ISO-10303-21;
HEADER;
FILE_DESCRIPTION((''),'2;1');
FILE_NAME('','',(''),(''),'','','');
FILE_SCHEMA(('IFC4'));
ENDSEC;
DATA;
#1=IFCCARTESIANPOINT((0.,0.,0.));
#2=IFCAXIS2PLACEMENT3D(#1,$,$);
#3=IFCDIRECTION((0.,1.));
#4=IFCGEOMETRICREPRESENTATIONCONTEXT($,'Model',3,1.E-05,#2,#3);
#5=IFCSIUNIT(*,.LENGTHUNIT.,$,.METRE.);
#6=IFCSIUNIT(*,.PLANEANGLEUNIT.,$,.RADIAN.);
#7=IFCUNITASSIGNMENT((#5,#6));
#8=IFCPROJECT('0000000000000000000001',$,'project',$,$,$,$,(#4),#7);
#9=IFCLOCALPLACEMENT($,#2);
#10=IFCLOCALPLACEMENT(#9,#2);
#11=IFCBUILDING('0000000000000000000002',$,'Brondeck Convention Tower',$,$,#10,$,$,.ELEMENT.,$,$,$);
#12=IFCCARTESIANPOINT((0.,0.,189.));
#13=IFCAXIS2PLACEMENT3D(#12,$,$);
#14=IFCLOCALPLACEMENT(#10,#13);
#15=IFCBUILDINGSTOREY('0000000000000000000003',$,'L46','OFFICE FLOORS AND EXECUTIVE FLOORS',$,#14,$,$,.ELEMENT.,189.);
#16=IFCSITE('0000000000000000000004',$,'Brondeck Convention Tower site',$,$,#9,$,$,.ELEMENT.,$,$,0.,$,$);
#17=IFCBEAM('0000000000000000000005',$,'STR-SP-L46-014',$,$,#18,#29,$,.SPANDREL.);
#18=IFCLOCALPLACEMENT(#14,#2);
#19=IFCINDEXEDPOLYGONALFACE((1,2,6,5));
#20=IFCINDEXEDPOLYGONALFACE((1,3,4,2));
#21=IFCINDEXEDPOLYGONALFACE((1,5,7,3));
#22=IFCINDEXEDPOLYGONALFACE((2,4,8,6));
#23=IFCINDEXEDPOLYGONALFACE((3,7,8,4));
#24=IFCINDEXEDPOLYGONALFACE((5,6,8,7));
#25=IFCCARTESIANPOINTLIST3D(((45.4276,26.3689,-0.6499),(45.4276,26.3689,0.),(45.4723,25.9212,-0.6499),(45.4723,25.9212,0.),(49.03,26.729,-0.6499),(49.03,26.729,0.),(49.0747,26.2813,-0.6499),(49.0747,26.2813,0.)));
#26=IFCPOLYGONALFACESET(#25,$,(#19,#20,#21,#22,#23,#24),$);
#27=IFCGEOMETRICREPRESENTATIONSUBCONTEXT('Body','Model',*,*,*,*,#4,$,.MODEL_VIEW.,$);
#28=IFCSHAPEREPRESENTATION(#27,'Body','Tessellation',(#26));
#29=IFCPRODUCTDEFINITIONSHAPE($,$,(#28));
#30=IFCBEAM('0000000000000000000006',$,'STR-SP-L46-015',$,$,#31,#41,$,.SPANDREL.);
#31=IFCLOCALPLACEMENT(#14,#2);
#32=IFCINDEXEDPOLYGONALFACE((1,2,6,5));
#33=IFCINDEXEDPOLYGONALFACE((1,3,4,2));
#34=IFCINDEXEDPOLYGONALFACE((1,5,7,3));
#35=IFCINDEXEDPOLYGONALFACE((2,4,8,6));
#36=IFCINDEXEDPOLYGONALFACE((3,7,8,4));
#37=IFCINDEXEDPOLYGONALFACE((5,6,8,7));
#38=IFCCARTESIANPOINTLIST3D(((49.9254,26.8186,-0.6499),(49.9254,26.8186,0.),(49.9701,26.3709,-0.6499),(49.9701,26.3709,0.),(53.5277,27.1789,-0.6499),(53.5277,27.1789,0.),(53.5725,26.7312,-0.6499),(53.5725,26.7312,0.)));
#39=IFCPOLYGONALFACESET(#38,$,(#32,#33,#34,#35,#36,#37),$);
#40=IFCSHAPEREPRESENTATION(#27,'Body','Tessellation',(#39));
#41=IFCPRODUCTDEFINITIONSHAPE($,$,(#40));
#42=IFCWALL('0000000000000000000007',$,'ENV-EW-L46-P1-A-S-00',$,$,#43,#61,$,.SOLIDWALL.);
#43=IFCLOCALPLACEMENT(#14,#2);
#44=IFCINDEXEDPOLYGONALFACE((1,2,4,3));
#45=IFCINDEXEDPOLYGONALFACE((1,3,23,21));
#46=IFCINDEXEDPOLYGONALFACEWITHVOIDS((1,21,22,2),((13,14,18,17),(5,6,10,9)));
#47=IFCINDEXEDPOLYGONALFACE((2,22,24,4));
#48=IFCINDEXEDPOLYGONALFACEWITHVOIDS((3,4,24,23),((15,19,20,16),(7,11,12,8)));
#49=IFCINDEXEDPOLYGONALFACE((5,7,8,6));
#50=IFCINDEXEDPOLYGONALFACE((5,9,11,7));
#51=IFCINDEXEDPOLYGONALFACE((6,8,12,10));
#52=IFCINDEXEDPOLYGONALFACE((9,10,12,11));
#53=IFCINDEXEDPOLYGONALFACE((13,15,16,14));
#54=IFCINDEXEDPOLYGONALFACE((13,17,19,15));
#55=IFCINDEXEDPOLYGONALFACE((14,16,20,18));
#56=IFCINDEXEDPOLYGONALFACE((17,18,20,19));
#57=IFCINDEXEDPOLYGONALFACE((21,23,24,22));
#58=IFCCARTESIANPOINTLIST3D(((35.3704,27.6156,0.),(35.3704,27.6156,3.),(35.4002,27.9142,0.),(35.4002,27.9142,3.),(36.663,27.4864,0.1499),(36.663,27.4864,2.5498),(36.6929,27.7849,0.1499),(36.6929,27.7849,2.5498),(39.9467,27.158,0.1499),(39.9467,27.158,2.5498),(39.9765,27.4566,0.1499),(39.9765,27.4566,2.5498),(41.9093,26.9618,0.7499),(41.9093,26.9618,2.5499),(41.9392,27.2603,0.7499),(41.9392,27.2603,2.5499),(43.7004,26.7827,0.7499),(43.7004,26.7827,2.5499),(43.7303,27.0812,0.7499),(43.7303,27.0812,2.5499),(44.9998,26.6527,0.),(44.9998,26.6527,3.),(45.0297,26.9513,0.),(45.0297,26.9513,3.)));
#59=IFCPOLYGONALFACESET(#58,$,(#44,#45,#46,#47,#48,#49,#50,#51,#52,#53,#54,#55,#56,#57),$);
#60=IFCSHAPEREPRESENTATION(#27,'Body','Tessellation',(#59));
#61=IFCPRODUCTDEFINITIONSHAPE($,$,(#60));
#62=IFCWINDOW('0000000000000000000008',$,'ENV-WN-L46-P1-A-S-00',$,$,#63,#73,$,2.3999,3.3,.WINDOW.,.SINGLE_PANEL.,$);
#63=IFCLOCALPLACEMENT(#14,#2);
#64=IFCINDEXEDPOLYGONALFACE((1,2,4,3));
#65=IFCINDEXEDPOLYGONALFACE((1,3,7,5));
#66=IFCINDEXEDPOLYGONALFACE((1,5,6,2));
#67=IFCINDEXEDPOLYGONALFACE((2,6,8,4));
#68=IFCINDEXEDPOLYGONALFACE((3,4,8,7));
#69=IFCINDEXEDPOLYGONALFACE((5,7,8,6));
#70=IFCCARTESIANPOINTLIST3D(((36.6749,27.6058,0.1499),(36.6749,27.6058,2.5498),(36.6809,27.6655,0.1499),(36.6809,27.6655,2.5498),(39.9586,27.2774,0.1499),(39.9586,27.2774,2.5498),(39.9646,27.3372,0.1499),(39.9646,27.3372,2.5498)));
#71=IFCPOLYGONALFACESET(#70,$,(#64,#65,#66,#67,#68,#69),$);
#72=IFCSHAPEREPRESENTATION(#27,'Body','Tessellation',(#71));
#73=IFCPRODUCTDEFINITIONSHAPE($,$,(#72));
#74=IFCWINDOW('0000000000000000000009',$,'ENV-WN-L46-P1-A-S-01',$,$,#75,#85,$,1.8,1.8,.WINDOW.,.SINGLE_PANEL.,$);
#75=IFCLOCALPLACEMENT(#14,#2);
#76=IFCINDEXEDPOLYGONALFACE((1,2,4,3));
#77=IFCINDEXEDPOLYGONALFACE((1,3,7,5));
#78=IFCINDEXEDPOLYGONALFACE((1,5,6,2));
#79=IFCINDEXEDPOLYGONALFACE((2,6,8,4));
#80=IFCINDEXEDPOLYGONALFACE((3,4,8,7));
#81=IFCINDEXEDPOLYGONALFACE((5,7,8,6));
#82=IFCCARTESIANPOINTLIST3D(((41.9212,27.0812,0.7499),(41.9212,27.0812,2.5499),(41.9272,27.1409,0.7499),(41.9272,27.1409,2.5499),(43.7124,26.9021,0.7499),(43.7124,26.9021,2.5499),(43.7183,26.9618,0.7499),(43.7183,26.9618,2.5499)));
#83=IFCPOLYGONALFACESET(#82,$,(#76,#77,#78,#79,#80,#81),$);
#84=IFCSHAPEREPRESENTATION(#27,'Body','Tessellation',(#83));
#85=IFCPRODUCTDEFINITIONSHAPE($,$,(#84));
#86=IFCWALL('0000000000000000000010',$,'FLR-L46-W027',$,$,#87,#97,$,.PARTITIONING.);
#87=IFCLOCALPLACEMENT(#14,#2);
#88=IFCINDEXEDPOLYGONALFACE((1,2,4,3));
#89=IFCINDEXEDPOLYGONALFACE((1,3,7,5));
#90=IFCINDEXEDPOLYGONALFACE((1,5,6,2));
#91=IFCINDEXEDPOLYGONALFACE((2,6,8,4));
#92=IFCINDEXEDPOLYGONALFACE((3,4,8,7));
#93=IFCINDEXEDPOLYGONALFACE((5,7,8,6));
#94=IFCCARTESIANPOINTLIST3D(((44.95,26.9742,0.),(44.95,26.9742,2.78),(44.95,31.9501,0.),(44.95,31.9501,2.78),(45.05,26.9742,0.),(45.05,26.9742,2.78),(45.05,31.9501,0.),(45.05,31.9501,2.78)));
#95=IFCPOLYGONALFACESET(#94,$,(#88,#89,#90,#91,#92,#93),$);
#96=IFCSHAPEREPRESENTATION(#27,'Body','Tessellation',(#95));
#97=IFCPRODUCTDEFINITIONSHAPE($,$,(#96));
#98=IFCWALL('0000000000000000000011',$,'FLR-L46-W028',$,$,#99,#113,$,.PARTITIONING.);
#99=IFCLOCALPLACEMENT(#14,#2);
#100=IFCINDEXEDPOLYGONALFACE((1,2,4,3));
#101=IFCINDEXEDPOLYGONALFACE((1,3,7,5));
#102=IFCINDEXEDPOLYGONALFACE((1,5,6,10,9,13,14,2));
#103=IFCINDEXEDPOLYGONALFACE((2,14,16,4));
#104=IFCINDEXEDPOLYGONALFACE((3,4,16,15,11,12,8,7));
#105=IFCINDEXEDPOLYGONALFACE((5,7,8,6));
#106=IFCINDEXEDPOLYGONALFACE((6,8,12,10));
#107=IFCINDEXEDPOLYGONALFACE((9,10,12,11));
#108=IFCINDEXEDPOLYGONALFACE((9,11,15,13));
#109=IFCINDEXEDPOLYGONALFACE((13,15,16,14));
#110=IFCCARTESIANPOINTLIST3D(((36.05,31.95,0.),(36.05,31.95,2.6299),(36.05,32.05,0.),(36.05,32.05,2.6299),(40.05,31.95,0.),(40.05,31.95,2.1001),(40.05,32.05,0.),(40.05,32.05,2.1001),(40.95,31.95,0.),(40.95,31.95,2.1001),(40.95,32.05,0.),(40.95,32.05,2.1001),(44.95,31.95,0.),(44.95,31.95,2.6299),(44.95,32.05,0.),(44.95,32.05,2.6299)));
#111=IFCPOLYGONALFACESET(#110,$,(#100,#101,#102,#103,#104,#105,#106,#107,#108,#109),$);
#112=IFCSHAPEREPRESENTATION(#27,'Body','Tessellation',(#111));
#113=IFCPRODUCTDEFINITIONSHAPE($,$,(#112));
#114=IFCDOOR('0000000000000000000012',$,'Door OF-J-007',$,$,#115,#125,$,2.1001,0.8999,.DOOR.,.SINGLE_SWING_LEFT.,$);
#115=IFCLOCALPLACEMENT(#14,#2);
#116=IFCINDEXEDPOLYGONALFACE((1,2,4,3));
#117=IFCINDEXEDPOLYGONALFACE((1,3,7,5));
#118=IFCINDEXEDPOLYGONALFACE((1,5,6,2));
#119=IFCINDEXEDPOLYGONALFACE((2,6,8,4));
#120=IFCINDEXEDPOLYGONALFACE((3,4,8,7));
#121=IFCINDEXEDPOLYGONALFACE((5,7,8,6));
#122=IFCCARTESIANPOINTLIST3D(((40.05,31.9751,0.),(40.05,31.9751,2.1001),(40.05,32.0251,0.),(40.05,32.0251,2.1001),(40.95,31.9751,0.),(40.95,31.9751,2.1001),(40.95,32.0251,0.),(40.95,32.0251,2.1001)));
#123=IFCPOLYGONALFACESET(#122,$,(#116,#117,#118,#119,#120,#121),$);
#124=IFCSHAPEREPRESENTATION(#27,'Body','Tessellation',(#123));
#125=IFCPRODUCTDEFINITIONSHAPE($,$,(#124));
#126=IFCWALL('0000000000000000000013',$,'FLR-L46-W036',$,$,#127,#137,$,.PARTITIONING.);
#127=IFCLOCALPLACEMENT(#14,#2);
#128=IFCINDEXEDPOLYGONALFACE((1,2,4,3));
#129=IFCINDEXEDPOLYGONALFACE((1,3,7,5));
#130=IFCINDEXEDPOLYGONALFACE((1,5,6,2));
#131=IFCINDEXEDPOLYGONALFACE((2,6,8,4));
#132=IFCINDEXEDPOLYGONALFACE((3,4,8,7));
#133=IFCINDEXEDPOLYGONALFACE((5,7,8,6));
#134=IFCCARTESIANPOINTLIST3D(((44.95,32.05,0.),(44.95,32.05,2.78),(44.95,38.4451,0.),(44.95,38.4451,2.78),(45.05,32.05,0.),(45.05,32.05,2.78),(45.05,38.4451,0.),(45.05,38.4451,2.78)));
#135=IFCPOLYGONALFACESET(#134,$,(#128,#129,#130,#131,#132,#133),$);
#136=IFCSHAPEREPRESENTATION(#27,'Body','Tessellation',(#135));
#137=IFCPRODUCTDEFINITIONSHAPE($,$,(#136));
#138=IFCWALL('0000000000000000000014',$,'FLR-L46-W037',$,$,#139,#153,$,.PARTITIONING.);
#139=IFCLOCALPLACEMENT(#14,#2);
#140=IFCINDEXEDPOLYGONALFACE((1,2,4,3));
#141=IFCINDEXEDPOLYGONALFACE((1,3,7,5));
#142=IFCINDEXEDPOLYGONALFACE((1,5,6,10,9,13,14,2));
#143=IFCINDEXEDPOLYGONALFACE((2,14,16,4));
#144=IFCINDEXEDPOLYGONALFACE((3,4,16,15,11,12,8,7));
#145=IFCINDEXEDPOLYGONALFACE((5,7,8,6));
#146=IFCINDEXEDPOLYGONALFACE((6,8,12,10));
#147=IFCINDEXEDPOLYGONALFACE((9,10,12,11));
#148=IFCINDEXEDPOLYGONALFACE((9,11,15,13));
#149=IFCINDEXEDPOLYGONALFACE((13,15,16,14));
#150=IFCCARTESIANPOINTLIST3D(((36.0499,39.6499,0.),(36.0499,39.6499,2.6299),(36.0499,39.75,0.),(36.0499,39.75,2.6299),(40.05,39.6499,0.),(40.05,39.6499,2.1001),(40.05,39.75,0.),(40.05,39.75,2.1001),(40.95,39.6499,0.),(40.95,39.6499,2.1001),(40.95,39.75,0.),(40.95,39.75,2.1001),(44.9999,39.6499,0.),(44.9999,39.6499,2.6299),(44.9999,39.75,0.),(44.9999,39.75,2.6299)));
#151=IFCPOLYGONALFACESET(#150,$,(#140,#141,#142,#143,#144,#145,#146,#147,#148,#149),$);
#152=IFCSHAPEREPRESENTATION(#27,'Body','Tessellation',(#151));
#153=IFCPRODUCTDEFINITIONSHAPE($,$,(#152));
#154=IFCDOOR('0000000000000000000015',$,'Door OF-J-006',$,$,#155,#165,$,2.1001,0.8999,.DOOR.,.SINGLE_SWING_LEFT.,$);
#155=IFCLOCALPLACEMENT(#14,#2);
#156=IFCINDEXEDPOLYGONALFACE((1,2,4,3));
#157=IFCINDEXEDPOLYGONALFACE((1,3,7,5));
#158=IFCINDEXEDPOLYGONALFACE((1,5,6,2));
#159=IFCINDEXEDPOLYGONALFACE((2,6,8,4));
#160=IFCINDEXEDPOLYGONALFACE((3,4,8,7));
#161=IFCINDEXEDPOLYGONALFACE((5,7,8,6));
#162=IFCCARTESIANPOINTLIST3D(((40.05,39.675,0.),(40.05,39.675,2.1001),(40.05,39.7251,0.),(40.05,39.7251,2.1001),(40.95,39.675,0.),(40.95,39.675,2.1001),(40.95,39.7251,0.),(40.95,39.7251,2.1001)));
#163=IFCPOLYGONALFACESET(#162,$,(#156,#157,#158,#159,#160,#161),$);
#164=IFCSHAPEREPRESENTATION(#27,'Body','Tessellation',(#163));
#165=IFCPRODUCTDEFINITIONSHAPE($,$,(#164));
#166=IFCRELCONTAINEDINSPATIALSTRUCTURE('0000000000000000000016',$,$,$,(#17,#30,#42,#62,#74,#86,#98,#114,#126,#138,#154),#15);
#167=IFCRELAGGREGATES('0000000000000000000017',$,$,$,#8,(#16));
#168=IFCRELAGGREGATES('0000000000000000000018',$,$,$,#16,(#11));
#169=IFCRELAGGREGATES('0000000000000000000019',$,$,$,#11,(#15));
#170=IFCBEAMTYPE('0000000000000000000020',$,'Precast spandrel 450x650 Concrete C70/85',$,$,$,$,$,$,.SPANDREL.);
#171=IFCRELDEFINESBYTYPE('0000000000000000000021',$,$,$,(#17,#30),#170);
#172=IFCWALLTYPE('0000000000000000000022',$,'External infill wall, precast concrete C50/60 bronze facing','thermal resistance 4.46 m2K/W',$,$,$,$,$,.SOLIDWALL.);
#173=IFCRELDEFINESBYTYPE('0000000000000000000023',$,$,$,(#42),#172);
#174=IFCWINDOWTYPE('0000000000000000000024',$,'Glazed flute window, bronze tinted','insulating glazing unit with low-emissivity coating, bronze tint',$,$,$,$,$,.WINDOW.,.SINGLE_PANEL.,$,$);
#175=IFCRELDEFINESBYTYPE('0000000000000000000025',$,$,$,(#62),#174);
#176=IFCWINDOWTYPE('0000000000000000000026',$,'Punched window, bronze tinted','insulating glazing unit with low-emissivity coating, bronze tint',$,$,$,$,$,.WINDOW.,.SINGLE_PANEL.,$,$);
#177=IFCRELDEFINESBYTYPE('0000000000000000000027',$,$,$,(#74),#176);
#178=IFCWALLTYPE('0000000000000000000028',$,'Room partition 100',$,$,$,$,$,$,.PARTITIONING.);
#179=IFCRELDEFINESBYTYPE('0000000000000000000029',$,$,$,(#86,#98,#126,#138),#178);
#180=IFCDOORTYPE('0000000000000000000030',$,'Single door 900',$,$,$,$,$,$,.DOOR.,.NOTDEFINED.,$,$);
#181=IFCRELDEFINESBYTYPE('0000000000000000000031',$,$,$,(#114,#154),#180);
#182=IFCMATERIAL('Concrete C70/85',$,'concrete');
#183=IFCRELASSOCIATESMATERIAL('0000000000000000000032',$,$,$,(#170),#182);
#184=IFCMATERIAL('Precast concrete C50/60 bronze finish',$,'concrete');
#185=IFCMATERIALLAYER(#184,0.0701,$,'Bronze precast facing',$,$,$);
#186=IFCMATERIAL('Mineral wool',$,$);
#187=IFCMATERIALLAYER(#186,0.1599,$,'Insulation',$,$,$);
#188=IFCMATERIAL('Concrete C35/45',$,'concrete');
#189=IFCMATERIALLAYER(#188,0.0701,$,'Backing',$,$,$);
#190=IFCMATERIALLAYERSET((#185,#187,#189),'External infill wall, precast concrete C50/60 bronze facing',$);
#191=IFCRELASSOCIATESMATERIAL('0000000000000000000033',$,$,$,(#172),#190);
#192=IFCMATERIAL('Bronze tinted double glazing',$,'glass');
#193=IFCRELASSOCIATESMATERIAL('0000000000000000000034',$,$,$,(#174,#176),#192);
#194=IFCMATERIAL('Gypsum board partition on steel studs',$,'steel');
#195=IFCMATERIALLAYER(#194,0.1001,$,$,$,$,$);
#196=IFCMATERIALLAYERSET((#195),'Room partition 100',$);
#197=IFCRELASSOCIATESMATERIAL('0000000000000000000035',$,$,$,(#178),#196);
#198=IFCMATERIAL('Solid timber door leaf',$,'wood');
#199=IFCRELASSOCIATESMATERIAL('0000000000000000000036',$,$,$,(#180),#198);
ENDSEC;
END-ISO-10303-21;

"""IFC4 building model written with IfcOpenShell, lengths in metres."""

from ifc_helpers import new_model, si_unit, direction, frame, frame_2d, origin, origin_2d, place, context, subcontext, project, spatial, rectangle, extrude, material, layer, layer_set, material_profile, profile_set, type_object, element, fill, save


model = new_model("IFC4")

# Units and contexts
model_context = context("Model", 3, precision=1e-05, world=origin(), true_north=direction((0.0, 1.0)))
body_context = subcontext(model_context, "Body", "Model", "MODEL_VIEW")
ifc_project = project(units=[si_unit("LENGTHUNIT", "METRE"), si_unit("PLANEANGLEUNIT", "RADIAN")], contexts=[model_context])

# Site, building, storey
site_placement = place(None, origin())
site = spatial("IfcSite", under=ifc_project, at=site_placement, Name="Brondeck Convention Tower site", CompositionType="ELEMENT", RefElevation=0.0)
building_placement = place(site_placement, origin())
building = spatial("IfcBuilding", under=site, at=building_placement, Name="Brondeck Convention Tower", CompositionType="ELEMENT")
storey_placement = place(building_placement, frame((0.0, 0.0, 189.0)))
storey = spatial("IfcBuildingStorey", under=building, at=storey_placement, Name="L46", Description="OFFICE FLOORS AND EXECUTIVE FLOORS", CompositionType="ELEMENT", Elevation=189.0)

# Shared definitions
ifc_material_1 = material(Name="Concrete C70/85", Category="concrete")

# Beams
ifc_material_profile_1 = material_profile(ifc_material_1, rectangle(XDim=0.45, YDim=0.6499, at=origin_2d()), Name="Precast spandrel 450x650 Concrete C70/85")
ifc_profile_set_1 = profile_set([ifc_material_profile_1], Name="Concrete C70/85")
beam_type_1 = type_object("IfcBeamType", Name="Precast spandrel 450x650 Concrete C70/85", PredefinedType="SPANDREL", material=ifc_profile_set_1)
for number, where, z_axis, x_axis, name in (
    (1, (45.45, 26.145, -0.325), (0.995041, 0.09947, 0.0), (-0.09947, 0.995041, 0.0), "STR-SP-L46-014"),
    (2, (49.9478, 26.5947, -0.325), (0.995034, 0.099537, 0.0), (-0.099537, 0.995034, 0.0), "STR-SP-L46-015"),
):
    element("IfcBeam", number, at=place(storey_placement, frame(where, z_axis=z_axis, x_axis=x_axis)), inside=storey, type_object=beam_type_1, Name=name, PredefinedType="SPANDREL", context=body_context, shape_type="SweptSolid", body=[
        extrude(rectangle(XDim=0.45, YDim=0.6499, at=origin_2d()), origin(), (0.0, 0.0, 1.0), 3.6204),
    ])

# Wall, openings, windows
ifc_material_2 = material(Name="Precast concrete C50/60 bronze finish", Category="concrete")
ifc_layer_1 = layer(ifc_material_2, 0.0701, Name="Bronze precast facing")
ifc_material_3 = material(Name="Mineral wool")
ifc_layer_2 = layer(ifc_material_3, 0.1599, Name="Insulation")
ifc_material_4 = material(Name="Concrete C35/45", Category="concrete")
ifc_layer_3 = layer(ifc_material_4, 0.0701, Name="Backing")
ifc_layer_set_1 = layer_set([ifc_layer_1, ifc_layer_2, ifc_layer_3], Name="External infill wall, precast concrete C50/60 bronze facing")
wall_type_1 = type_object("IfcWallType", Name="External infill wall, precast concrete C50/60 bronze facing", Description="thermal resistance 4.46 m2K/W", PredefinedType="SOLIDWALL", material=ifc_layer_set_1)
wall_1_placement = place(storey_placement, frame((45.0149, 26.802, 0.0), z_axis=(0.0, 0.0, 1.0), x_axis=(-0.995038, 0.099499, 0.0)))
wall_1 = element("IfcWall", 3, at=wall_1_placement, inside=storey, type_object=wall_type_1, Name="ENV-EW-L46-P1-A-S-00", PredefinedType="SOLIDWALL", context=body_context, shape_type="SweptSolid", body=[
    extrude(rectangle(XDim=9.6775, YDim=0.3, at=frame_2d((4.8389, 0.0))), origin(), (0.0, 0.0, 1.0), 3.0),
])
opening_1_placement = place(wall_1_placement, frame((1.3062, 0.0, 0.75)))
opening_1 = element("IfcOpeningElement", 4, at=opening_1_placement, cuts=wall_1, PredefinedType="OPENING", context=body_context, shape_type="SweptSolid", body=[
    extrude(rectangle(XDim=1.8, YDim=1.8, at=frame_2d((0.8999, 0.8999))), frame((0.0, 0.1599, 0.0), z_axis=(0.0, -1.0, 0.0), x_axis=(1.0, 0.0, 0.0)), (0.0, 0.0, 1.0), 0.3201),
])
opening_2_placement = place(wall_1_placement, frame((5.0786, 0.0, 0.1499)))
opening_2 = element("IfcOpeningElement", 5, at=opening_2_placement, cuts=wall_1, PredefinedType="OPENING", context=body_context, shape_type="SweptSolid", body=[
    extrude(rectangle(XDim=3.3, YDim=2.3999, at=frame_2d((1.6499, 1.2))), frame((0.0, 0.1599, 0.0), z_axis=(0.0, -1.0, 0.0), x_axis=(1.0, 0.0, 0.0)), (0.0, 0.0, 1.0), 0.3201),
])
ifc_material_5 = material(Name="Bronze tinted double glazing", Category="glass")
window_type_1 = type_object("IfcWindowType", Name="Glazed flute window, bronze tinted", Description="insulating glazing unit with low-emissivity coating, bronze tint", PartitioningType="SINGLE_PANEL", PredefinedType="WINDOW", material=ifc_material_5)
window_1_placement = place(opening_2_placement, origin())
window_1 = element("IfcWindow", 6, at=window_1_placement, inside=storey, type_object=window_type_1, Name="ENV-WN-L46-P1-A-S-00", OverallHeight=2.3999, OverallWidth=3.3, PartitioningType="SINGLE_PANEL", PredefinedType="WINDOW", context=body_context, shape_type="SweptSolid", body=[
    extrude(rectangle(XDim=3.3, YDim=2.3999, at=frame_2d((1.6499, 1.2))), frame((0.0, 0.03, 0.0), z_axis=(0.0, -1.0, 0.0), x_axis=(1.0, 0.0, 0.0)), (0.0, 0.0, 1.0), 0.0601),
])
fill(opening_2, window_1)
window_type_2 = type_object("IfcWindowType", Name="Punched window, bronze tinted", Description="insulating glazing unit with low-emissivity coating, bronze tint", PartitioningType="SINGLE_PANEL", PredefinedType="WINDOW", material=ifc_material_5)
window_2_placement = place(opening_1_placement, origin())
window_2 = element("IfcWindow", 7, at=window_2_placement, inside=storey, type_object=window_type_2, Name="ENV-WN-L46-P1-A-S-01", OverallHeight=1.8, OverallWidth=1.8, PartitioningType="SINGLE_PANEL", PredefinedType="WINDOW", context=body_context, shape_type="SweptSolid", body=[
    extrude(rectangle(XDim=1.8, YDim=1.8, at=frame_2d((0.8999, 0.8999))), frame((0.0, 0.03, 0.0), z_axis=(0.0, -1.0, 0.0), x_axis=(1.0, 0.0, 0.0)), (0.0, 0.0, 1.0), 0.0601),
])
fill(opening_1, window_2)

# Wall
ifc_material_6 = material(Name="Gypsum board partition on steel studs", Category="steel")
ifc_layer_4 = layer(ifc_material_6, 0.1001)
ifc_layer_set_2 = layer_set([ifc_layer_4], Name="Room partition 100")
wall_type_2 = type_object("IfcWallType", Name="Room partition 100", PredefinedType="PARTITIONING", material=ifc_layer_set_2)
wall_2_placement = place(storey_placement, frame((45.0, 31.95, 0.0), z_axis=(0.0, 0.0, 1.0), x_axis=(0.0, -1.0, 0.0)))
element("IfcWall", 8, at=wall_2_placement, inside=storey, type_object=wall_type_2, Name="FLR-L46-W027", PredefinedType="PARTITIONING", context=body_context, shape_type="SweptSolid", body=[
    extrude(rectangle(XDim=4.9758, YDim=0.1001, at=frame_2d((2.4878, 0.0))), origin(), (0.0, 0.0, 1.0), 2.78),
])

# Wall, opening, door
wall_3_placement = place(storey_placement, frame((44.95, 32.0, 0.0), z_axis=(0.0, 0.0, 1.0), x_axis=(-1.0, 0.0, 0.0)))
wall_3 = element("IfcWall", 9, at=wall_3_placement, inside=storey, type_object=wall_type_2, Name="FLR-L46-W028", PredefinedType="PARTITIONING", context=body_context, shape_type="SweptSolid", body=[
    extrude(rectangle(XDim=8.8999, YDim=0.1001, at=frame_2d((4.45, 0.0))), origin(), (0.0, 0.0, 1.0), 2.6299),
])
opening_3_placement = place(wall_3_placement, frame((4.0, 0.0, 0.0)))
opening_3 = element("IfcOpeningElement", 10, at=opening_3_placement, cuts=wall_3, PredefinedType="OPENING", context=body_context, shape_type="SweptSolid", body=[
    extrude(rectangle(XDim=0.8999, YDim=2.1001, at=frame_2d((0.45, 1.05))), frame((0.0, 0.0601, 0.0), z_axis=(0.0, -1.0, 0.0), x_axis=(1.0, 0.0, 0.0)), (0.0, 0.0, 1.0), 0.1201),
])
ifc_material_7 = material(Name="Solid timber door leaf", Category="wood")
door_type_1 = type_object("IfcDoorType", Name="Single door 900", OperationType="NOTDEFINED", PredefinedType="DOOR", material=ifc_material_7)
door_1_placement = place(opening_3_placement, origin())
door_1 = element("IfcDoor", 11, at=door_1_placement, inside=storey, type_object=door_type_1, Name="Door OF-J-007", OperationType="SINGLE_SWING_LEFT", OverallHeight=2.1001, OverallWidth=0.8999, PredefinedType="DOOR", context=body_context, shape_type="SweptSolid", body=[
    extrude(rectangle(XDim=0.8999, YDim=2.1001, at=frame_2d((0.45, 1.05))), frame((0.0, 0.0249, 0.0), z_axis=(0.0, -1.0, 0.0), x_axis=(1.0, 0.0, 0.0)), (0.0, 0.0, 1.0), 0.05),
])
fill(opening_3, door_1)

# Wall
wall_4_placement = place(storey_placement, frame((45.0, 38.4451, 0.0), z_axis=(0.0, 0.0, 1.0), x_axis=(0.0, -1.0, 0.0)))
element("IfcWall", 12, at=wall_4_placement, inside=storey, type_object=wall_type_2, Name="FLR-L46-W036", PredefinedType="PARTITIONING", context=body_context, shape_type="SweptSolid", body=[
    extrude(rectangle(XDim=6.395, YDim=0.1001, at=frame_2d((3.1975, 0.0))), origin(), (0.0, 0.0, 1.0), 2.78),
])

# Wall, opening, door
wall_5_placement = place(storey_placement, frame((45.0, 39.7, 0.0), z_axis=(0.0, 0.0, 1.0), x_axis=(-1.0, 0.0, 0.0)))
wall_5 = element("IfcWall", 13, at=wall_5_placement, inside=storey, type_object=wall_type_2, Name="FLR-L46-W037", PredefinedType="PARTITIONING", context=body_context, shape_type="SweptSolid", body=[
    extrude(rectangle(XDim=8.95, YDim=0.1001, at=frame_2d((4.4751, 0.0))), origin(), (0.0, 0.0, 1.0), 2.6299),
])
opening_4_placement = place(wall_5_placement, frame((4.05, 0.0, 0.0)))
opening_4 = element("IfcOpeningElement", 14, at=opening_4_placement, cuts=wall_5, PredefinedType="OPENING", context=body_context, shape_type="SweptSolid", body=[
    extrude(rectangle(XDim=0.8999, YDim=2.1001, at=frame_2d((0.45, 1.05))), frame((0.0, 0.0601, 0.0), z_axis=(0.0, -1.0, 0.0), x_axis=(1.0, 0.0, 0.0)), (0.0, 0.0, 1.0), 0.1201),
])
door_2_placement = place(opening_4_placement, origin())
door_2 = element("IfcDoor", 15, at=door_2_placement, inside=storey, type_object=door_type_1, Name="Door OF-J-006", OperationType="SINGLE_SWING_LEFT", OverallHeight=2.1001, OverallWidth=0.8999, PredefinedType="DOOR", context=body_context, shape_type="SweptSolid", body=[
    extrude(rectangle(XDim=0.8999, YDim=2.1001, at=frame_2d((0.45, 1.05))), frame((0.0, 0.0249, 0.0), z_axis=(0.0, -1.0, 0.0), x_axis=(1.0, 0.0, 0.0)), (0.0, 0.0, 1.0), 0.05),
])
fill(opening_4, door_2)

save(model, "model.ifc")
